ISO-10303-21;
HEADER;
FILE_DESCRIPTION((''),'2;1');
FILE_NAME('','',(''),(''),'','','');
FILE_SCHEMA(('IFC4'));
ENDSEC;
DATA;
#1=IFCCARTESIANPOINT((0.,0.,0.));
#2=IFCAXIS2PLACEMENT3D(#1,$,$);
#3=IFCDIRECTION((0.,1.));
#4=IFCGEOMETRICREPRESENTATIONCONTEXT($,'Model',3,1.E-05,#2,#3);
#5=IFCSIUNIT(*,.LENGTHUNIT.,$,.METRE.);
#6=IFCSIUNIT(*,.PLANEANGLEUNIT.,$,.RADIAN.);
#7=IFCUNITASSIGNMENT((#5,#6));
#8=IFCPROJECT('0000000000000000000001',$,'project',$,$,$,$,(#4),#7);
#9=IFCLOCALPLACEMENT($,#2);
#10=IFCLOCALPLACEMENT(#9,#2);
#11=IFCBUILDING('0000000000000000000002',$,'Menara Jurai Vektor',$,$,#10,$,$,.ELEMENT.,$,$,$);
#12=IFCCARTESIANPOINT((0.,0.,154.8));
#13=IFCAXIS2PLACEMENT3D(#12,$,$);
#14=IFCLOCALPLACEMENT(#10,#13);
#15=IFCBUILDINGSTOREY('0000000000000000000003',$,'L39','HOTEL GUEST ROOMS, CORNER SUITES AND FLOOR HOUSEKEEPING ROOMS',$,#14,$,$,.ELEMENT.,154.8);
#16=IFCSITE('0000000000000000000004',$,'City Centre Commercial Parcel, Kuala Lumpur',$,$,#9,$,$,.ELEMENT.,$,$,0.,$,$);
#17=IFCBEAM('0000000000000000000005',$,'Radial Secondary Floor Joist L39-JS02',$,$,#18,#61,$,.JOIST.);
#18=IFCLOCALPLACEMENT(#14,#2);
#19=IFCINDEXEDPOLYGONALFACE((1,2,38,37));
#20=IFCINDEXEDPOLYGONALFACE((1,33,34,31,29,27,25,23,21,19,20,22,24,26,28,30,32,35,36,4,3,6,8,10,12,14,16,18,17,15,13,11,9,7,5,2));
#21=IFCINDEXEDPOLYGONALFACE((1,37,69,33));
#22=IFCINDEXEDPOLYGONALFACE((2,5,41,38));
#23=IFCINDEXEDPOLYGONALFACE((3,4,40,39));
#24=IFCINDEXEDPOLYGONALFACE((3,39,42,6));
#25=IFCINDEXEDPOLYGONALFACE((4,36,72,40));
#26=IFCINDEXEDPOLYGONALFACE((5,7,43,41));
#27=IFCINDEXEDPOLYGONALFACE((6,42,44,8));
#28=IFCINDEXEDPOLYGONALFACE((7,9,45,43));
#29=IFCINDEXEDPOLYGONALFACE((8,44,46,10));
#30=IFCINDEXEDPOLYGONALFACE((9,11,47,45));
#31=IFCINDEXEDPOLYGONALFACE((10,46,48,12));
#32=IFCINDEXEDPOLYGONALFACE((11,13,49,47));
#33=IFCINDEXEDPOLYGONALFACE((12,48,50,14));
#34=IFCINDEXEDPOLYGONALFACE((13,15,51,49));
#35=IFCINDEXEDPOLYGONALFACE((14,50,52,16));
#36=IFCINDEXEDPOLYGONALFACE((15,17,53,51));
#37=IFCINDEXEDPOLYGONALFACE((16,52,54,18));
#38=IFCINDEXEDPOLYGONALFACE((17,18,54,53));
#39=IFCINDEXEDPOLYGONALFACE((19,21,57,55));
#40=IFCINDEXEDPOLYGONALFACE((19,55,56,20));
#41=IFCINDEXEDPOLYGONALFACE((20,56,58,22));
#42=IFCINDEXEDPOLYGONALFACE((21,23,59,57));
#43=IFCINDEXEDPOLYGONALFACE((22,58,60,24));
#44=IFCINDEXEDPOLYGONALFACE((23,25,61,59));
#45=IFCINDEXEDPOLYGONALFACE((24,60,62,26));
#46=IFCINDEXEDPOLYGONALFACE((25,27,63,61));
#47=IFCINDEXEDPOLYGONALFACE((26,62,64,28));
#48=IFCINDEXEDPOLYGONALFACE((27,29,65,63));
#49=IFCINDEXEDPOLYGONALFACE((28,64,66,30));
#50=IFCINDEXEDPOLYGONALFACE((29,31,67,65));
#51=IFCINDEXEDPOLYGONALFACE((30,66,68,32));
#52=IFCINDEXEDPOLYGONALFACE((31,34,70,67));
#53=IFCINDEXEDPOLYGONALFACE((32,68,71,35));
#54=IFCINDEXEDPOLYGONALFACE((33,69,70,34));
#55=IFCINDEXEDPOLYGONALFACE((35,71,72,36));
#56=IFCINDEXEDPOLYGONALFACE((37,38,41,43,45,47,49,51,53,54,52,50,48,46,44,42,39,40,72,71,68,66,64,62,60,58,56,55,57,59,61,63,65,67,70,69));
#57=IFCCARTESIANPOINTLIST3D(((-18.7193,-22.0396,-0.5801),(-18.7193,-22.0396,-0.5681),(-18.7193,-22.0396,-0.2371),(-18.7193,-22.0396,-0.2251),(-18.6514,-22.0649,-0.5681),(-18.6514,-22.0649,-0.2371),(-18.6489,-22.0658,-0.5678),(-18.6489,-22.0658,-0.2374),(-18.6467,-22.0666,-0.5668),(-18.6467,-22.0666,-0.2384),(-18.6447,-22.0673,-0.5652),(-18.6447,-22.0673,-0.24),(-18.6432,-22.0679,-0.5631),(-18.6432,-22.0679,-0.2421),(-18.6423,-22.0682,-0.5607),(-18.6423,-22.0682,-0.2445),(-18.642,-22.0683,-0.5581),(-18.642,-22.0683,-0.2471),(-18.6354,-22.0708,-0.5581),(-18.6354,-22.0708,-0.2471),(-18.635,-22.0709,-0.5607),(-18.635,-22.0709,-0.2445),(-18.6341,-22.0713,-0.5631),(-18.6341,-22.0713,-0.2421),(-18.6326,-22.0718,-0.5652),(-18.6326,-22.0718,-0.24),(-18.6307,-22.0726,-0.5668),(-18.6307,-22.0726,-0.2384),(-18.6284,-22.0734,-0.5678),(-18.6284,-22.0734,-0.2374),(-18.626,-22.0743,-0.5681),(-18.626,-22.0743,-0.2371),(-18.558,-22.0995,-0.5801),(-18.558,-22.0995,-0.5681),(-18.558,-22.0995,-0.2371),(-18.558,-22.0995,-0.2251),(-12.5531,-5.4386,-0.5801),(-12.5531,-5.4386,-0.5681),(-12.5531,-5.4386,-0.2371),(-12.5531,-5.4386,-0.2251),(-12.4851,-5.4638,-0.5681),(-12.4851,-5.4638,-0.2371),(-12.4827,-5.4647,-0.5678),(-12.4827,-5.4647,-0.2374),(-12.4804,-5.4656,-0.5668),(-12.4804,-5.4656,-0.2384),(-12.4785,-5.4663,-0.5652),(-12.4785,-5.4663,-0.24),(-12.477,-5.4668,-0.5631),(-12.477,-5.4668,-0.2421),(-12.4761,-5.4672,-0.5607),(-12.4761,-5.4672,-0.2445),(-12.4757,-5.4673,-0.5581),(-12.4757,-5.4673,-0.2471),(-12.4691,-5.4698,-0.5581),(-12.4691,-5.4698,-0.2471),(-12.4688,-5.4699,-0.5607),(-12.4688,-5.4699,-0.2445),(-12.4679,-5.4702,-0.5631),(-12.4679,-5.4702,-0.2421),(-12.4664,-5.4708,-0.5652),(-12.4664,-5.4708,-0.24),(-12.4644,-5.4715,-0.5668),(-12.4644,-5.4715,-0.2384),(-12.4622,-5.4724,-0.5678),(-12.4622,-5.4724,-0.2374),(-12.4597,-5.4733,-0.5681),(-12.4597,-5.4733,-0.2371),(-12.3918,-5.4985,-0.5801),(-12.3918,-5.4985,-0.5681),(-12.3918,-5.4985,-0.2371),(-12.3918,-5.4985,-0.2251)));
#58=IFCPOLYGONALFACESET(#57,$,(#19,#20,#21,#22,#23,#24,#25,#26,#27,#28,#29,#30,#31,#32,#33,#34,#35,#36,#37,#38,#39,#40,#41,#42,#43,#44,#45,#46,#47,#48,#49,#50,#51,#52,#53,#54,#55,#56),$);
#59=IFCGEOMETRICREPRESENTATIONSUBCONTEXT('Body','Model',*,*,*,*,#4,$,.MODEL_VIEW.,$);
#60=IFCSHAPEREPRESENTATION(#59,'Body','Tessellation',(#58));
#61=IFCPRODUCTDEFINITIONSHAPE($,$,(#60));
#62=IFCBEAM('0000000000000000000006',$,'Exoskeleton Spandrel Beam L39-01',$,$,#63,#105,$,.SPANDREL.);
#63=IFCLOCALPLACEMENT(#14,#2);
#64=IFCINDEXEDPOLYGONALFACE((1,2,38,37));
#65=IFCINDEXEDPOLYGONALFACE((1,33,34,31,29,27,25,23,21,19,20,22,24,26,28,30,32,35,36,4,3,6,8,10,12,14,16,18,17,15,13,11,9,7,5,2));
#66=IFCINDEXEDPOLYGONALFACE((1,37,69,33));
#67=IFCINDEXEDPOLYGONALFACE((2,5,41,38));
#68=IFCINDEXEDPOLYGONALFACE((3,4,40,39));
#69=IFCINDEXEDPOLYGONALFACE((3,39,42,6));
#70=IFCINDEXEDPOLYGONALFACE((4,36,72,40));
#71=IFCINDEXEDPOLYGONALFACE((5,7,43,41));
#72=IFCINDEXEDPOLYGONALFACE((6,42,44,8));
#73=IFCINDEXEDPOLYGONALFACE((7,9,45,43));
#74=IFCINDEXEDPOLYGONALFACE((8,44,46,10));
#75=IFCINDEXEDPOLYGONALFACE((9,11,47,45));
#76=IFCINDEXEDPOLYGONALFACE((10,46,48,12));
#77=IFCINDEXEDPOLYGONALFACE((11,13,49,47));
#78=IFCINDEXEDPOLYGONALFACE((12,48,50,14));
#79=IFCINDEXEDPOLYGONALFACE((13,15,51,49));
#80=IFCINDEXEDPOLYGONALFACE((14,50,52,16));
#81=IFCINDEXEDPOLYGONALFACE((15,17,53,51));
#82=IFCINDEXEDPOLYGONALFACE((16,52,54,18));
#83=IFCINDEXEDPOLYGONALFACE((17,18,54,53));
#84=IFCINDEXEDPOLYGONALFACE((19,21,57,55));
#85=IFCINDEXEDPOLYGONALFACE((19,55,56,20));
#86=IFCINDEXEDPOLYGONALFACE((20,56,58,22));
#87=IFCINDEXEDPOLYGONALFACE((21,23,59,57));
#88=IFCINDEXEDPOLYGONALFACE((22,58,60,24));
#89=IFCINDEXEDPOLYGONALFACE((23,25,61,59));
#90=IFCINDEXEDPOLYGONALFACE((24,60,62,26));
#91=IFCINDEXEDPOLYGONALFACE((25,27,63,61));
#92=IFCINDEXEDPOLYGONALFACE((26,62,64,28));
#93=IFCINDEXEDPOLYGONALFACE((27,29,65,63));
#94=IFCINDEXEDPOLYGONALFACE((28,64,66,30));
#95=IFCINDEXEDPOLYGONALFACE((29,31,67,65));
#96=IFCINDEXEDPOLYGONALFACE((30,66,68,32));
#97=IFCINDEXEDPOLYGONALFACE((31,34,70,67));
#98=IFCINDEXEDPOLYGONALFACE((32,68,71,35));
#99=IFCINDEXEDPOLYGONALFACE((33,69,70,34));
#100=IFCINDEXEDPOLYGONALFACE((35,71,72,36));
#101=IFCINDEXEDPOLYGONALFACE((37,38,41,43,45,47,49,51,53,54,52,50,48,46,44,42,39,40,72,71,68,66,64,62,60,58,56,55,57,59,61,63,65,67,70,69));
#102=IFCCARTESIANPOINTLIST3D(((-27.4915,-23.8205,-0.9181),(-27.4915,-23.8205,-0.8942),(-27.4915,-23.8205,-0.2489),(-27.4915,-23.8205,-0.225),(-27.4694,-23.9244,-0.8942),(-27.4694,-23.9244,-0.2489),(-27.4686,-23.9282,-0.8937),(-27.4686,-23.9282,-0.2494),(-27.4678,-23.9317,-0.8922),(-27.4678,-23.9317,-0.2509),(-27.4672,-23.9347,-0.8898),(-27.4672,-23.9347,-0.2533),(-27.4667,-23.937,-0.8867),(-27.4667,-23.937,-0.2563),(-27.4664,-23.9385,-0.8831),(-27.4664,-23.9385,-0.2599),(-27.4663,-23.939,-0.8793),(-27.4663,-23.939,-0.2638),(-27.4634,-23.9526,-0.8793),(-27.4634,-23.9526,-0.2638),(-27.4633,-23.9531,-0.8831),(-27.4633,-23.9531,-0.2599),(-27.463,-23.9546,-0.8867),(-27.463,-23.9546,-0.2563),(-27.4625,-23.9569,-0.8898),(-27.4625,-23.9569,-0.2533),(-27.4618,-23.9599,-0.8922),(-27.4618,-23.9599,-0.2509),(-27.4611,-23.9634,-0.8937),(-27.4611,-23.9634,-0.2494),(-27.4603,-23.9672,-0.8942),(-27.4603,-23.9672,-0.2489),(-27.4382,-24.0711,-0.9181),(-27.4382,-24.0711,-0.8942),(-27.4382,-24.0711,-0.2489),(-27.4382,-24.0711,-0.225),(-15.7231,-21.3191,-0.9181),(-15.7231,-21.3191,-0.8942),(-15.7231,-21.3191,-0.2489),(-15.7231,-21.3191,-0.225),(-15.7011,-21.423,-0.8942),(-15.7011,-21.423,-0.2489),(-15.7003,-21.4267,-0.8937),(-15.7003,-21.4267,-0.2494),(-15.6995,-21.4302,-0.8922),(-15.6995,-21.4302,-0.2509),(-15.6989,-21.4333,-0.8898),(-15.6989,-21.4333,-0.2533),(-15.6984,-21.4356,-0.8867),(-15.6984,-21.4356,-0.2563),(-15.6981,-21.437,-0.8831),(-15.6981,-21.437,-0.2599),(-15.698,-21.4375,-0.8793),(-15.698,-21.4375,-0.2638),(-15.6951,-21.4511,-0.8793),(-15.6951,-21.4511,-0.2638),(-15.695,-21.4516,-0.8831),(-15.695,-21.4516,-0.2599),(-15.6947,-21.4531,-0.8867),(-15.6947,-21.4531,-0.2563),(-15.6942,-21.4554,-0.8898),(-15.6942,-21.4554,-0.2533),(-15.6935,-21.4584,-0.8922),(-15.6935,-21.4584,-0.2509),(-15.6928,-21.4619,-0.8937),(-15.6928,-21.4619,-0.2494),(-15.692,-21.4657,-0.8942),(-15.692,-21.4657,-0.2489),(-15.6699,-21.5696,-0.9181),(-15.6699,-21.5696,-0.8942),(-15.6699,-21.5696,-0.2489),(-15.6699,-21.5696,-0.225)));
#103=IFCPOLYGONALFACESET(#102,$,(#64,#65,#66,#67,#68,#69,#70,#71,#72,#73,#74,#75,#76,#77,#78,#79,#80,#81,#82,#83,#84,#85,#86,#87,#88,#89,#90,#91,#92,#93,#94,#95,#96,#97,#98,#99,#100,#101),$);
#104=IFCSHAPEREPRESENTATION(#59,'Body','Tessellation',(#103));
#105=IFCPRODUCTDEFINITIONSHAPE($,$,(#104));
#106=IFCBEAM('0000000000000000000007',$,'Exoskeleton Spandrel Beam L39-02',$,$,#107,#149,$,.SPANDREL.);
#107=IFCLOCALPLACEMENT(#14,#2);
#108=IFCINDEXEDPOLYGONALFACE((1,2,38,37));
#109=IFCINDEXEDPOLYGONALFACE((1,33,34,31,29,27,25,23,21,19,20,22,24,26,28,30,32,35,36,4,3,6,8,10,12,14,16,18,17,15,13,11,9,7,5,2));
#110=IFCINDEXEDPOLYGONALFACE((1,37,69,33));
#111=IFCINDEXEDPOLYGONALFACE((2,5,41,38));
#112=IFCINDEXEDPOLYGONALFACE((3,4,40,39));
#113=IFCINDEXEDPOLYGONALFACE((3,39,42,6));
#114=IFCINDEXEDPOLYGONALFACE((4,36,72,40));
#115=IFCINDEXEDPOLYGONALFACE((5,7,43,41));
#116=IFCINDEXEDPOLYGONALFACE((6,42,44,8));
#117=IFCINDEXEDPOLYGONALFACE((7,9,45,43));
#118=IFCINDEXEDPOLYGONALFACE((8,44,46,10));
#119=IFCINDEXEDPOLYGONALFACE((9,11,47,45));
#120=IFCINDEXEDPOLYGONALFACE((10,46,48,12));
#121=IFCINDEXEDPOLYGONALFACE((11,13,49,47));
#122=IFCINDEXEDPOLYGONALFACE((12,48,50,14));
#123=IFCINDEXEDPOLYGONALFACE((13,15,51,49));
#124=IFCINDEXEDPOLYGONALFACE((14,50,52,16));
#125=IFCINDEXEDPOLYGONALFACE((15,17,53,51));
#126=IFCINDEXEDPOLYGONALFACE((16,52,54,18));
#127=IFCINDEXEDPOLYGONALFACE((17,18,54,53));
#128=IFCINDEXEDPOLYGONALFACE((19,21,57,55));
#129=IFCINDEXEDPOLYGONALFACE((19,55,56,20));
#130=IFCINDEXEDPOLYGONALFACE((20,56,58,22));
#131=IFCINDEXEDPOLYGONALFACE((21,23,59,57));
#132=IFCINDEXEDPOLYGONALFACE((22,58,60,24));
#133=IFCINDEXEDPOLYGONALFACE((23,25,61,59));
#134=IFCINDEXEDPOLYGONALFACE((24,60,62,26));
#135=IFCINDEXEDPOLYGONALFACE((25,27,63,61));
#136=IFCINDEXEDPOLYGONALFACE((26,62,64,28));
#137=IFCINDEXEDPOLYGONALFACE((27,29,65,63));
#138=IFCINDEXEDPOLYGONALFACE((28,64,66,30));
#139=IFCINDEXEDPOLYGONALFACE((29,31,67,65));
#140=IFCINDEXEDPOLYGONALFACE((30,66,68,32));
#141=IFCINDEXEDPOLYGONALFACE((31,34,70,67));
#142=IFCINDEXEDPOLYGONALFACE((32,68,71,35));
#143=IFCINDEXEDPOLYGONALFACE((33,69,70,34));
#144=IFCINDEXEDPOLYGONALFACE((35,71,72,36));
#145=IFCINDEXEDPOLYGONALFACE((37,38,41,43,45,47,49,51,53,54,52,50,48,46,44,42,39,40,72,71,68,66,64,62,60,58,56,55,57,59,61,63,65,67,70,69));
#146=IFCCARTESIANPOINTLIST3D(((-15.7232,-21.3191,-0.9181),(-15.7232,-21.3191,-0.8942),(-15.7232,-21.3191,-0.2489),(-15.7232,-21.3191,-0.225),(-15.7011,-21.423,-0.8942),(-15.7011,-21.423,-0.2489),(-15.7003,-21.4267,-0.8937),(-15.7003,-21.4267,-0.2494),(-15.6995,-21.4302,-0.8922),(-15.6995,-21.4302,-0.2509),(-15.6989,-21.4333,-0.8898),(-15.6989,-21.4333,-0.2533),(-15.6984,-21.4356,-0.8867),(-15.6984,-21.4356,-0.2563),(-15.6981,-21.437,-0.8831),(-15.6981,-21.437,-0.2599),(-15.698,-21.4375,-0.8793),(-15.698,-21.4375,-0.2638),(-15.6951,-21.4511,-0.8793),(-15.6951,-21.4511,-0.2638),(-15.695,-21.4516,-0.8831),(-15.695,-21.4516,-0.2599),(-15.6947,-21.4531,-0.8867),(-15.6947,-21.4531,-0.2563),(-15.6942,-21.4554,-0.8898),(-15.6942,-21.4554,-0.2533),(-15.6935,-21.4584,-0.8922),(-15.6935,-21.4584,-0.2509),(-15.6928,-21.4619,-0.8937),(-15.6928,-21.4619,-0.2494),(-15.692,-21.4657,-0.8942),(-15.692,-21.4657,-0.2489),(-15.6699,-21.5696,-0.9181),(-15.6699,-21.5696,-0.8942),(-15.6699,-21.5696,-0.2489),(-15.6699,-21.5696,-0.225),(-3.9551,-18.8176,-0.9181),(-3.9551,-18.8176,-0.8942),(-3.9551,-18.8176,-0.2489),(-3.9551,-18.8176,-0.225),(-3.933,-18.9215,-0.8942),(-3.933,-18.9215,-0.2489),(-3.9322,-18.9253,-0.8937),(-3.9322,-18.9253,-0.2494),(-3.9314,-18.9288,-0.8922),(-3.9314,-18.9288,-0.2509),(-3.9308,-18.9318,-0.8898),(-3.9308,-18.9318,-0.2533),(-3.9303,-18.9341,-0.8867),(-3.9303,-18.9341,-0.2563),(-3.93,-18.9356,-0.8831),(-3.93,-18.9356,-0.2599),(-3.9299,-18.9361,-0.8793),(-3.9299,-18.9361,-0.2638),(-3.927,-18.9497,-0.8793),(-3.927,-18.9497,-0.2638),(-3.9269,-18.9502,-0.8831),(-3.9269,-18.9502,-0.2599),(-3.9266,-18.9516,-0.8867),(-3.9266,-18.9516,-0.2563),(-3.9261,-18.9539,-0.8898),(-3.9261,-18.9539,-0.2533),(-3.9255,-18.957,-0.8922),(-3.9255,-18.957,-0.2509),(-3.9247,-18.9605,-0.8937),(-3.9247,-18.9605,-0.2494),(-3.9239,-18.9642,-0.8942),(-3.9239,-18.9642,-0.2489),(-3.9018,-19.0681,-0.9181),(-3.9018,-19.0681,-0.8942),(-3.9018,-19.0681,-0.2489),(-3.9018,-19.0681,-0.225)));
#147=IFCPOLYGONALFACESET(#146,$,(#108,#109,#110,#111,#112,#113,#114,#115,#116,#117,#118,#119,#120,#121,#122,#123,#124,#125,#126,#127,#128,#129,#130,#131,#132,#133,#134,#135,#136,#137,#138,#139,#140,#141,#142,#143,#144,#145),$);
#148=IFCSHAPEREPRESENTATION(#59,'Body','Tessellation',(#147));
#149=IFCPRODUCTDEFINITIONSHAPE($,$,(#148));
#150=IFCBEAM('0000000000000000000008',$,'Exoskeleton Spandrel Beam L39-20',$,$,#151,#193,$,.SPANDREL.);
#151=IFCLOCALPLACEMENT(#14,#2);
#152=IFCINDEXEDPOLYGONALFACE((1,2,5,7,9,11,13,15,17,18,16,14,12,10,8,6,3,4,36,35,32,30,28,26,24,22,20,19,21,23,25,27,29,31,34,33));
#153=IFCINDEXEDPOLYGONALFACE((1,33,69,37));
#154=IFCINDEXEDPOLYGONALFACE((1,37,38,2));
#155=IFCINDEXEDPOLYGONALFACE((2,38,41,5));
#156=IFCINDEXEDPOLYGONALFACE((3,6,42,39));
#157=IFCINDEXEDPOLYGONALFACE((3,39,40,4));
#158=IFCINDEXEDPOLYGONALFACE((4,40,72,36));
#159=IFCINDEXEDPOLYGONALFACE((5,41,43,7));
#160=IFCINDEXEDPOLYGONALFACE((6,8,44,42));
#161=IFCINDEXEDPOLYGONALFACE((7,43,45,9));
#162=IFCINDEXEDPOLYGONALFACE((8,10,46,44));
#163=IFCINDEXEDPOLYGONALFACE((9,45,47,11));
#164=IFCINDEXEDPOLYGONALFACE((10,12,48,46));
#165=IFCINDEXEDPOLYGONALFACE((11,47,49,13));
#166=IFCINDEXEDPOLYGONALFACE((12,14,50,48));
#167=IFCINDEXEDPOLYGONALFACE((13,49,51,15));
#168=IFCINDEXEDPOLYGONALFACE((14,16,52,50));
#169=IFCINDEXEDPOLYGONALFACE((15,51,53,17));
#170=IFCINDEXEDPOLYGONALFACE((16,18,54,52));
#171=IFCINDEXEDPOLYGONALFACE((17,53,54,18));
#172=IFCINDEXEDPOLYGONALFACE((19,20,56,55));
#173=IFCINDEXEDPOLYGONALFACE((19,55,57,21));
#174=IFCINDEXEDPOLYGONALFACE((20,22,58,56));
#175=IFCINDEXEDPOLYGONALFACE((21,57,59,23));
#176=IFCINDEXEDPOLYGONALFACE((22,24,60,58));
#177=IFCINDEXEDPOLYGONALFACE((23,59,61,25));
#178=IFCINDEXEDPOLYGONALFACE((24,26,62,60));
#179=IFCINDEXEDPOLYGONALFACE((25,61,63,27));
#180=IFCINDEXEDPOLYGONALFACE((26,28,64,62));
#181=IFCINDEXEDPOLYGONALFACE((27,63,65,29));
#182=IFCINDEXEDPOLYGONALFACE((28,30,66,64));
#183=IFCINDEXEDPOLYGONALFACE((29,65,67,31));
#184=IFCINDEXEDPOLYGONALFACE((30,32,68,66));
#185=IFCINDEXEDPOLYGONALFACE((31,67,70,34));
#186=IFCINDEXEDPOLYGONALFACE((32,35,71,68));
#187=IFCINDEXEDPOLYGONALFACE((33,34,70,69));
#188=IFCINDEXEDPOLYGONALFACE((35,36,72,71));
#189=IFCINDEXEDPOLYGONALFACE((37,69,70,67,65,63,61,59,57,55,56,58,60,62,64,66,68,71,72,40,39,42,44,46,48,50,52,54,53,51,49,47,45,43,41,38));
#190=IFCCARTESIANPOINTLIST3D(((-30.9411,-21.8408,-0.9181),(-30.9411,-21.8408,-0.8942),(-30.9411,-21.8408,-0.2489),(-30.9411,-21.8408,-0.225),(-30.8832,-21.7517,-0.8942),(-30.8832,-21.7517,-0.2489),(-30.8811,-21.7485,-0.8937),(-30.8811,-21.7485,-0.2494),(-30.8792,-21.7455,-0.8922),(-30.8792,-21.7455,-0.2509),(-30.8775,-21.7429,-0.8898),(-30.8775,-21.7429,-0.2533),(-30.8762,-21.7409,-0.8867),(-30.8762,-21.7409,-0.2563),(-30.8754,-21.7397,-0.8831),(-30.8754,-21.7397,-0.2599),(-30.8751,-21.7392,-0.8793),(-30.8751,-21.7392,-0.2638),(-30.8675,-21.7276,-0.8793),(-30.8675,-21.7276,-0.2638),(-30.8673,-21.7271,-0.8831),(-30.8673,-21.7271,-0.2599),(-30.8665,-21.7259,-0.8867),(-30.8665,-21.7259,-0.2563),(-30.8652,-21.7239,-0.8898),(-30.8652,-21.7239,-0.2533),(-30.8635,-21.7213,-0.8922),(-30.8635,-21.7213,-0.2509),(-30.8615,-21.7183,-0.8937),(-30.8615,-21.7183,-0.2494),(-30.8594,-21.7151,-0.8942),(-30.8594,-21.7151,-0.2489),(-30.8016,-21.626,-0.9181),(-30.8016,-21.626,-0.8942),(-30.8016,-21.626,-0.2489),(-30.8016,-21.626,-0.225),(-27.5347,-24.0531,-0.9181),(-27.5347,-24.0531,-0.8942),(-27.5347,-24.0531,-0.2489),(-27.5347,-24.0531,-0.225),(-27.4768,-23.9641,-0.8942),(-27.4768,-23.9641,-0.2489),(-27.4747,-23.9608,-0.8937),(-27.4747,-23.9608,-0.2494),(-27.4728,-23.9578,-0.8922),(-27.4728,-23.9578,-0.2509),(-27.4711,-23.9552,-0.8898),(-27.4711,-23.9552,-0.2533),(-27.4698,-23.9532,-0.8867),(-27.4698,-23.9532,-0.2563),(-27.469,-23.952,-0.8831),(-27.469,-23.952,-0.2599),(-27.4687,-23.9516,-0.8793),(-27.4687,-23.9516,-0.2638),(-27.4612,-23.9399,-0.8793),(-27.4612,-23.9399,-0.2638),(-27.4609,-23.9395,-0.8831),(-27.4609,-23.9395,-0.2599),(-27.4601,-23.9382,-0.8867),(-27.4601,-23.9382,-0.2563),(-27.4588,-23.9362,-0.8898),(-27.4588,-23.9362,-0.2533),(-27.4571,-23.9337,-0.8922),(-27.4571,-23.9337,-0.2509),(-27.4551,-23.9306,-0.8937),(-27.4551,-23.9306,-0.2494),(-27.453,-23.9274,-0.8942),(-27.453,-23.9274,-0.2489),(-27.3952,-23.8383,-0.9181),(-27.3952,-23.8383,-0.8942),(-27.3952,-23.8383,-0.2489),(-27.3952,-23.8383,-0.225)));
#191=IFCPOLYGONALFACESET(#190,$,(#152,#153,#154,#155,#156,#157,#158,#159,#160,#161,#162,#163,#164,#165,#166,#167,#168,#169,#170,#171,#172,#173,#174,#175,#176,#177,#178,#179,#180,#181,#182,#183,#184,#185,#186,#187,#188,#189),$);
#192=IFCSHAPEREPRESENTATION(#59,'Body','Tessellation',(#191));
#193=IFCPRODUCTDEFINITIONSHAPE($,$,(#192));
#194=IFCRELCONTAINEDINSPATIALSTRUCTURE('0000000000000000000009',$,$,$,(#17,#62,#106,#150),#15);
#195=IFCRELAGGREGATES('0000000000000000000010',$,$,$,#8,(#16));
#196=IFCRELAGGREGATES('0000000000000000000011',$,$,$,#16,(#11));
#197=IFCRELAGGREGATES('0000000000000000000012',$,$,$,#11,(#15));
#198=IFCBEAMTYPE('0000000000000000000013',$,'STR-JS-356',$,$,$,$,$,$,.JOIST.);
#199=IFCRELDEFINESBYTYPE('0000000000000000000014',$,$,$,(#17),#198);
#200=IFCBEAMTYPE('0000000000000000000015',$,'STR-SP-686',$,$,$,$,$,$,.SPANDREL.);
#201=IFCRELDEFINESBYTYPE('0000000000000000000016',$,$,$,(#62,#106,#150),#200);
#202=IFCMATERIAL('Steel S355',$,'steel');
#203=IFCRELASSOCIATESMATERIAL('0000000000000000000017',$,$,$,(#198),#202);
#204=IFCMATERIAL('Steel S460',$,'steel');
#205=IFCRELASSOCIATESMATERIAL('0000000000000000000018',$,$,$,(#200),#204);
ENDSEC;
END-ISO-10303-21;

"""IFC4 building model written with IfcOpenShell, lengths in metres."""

from ifc_helpers import new_model, si_unit, direction, frame, origin, origin_2d, place, context, subcontext, project, spatial, i_section, extrude, material, material_profile, profile_set, type_object, element, save


model = new_model("IFC4")

# Units and contexts
model_context = context("Model", 3, precision=1e-05, world=origin(), true_north=direction((0.0, 1.0)))
body_context = subcontext(model_context, "Body", "Model", "MODEL_VIEW")
ifc_project = project(units=[si_unit("LENGTHUNIT", "METRE"), si_unit("PLANEANGLEUNIT", "RADIAN")], contexts=[model_context])

# Site, building, storey
site_placement = place(None, origin())
site = spatial("IfcSite", under=ifc_project, at=site_placement, Name="City Centre Commercial Parcel, Kuala Lumpur", CompositionType="ELEMENT", RefElevation=0.0)
building_placement = place(site_placement, origin())
building = spatial("IfcBuilding", under=site, at=building_placement, Name="Menara Jurai Vektor", CompositionType="ELEMENT")
storey_placement = place(building_placement, frame((0.0, 0.0, 154.8)))
storey = spatial("IfcBuildingStorey", under=building, at=storey_placement, Name="L39", Description="HOTEL GUEST ROOMS, CORNER SUITES AND FLOOR HOUSEKEEPING ROOMS", CompositionType="ELEMENT", Elevation=154.8)

# Shared definitions
ifc_material_1 = material(Name="Steel S460", Category="steel")

# Shared definitions
ifc_material_2 = material(Name="Steel S355", Category="steel")

# Beams
ifc_material_profile_1 = material_profile(ifc_material_2, i_section(OverallWidth=0.1721, OverallDepth=0.355, WebThickness=0.0071, FlangeThickness=0.012, FilletRadius=0.01, at=origin_2d()), Name="UKB 356x171x51")
ifc_profile_set_1 = profile_set([ifc_material_profile_1], Name="Steel S355")
beam_type_1 = type_object("IfcBeamType", Name="STR-JS-356", PredefinedType="JOIST", material=ifc_profile_set_1)
beam_1_placement = place(storey_placement, frame((-18.6387, -22.0696, -0.4026), z_axis=(0.348194, 0.937423, 0.0), x_axis=(-0.937423, 0.348194, 0.0)))
element("IfcBeam", 1, at=beam_1_placement, inside=storey, type_object=beam_type_1, Name="Radial Secondary Floor Joist L39-JS02", PredefinedType="JOIST", context=body_context, shape_type="SweptSolid", body=[
    extrude(i_section(OverallWidth=0.1721, OverallDepth=0.355, WebThickness=0.0071, FlangeThickness=0.012, FilletRadius=0.01, at=origin_2d()), origin(), (0.0, 0.0, 1.0), 17.7092),
])
ifc_material_profile_2 = material_profile(ifc_material_1, i_section(OverallWidth=0.2561, OverallDepth=0.6931, WebThickness=0.0139, FlangeThickness=0.0239, FilletRadius=0.0149, at=origin_2d()), Name="UKB 686x254x170")
ifc_profile_set_2 = profile_set([ifc_material_profile_2], Name="Steel S460")
beam_type_2 = type_object("IfcBeamType", Name="STR-SP-686", PredefinedType="SPANDREL", material=ifc_profile_set_2)
beam_2_placement = place(storey_placement, frame((-27.4648, -23.9458, -0.5715), z_axis=(0.978147, 0.207914, 0.0), x_axis=(-0.207914, 0.978147, 0.0)))
element("IfcBeam", 2, at=beam_2_placement, inside=storey, type_object=beam_type_2, Name="Exoskeleton Spandrel Beam L39-01", PredefinedType="SPANDREL", context=body_context, shape_type="SweptSolid", body=[
    extrude(i_section(OverallWidth=0.2561, OverallDepth=0.6931, WebThickness=0.0139, FlangeThickness=0.0239, FilletRadius=0.0149, at=origin_2d()), origin(), (0.0, 0.0, 1.0), 12.0312),
])
beam_3_placement = place(storey_placement, frame((-15.6965, -21.4443, -0.5715), z_axis=(0.978146, 0.207918, 0.0), x_axis=(-0.207918, 0.978146, 0.0)))
element("IfcBeam", 3, at=beam_3_placement, inside=storey, type_object=beam_type_2, Name="Exoskeleton Spandrel Beam L39-02", PredefinedType="SPANDREL", context=body_context, shape_type="SweptSolid", body=[
    extrude(i_section(OverallWidth=0.2561, OverallDepth=0.6931, WebThickness=0.0139, FlangeThickness=0.0239, FilletRadius=0.0149, at=origin_2d()), origin(), (0.0, 0.0, 1.0), 12.031),
])
beam_4_placement = place(storey_placement, frame((-30.8713, -21.7334, -0.5715), z_axis=(0.838648, -0.544674, 0.0), x_axis=(0.544674, 0.838648, 0.0)))
element("IfcBeam", 4, at=beam_4_placement, inside=storey, type_object=beam_type_2, Name="Exoskeleton Spandrel Beam L39-20", PredefinedType="SPANDREL", context=body_context, shape_type="SweptSolid", body=[
    extrude(i_section(OverallWidth=0.2561, OverallDepth=0.6931, WebThickness=0.0139, FlangeThickness=0.0239, FilletRadius=0.0149, at=origin_2d()), origin(), (0.0, 0.0, 1.0), 4.0618),
])

save(model, "model.ifc")
